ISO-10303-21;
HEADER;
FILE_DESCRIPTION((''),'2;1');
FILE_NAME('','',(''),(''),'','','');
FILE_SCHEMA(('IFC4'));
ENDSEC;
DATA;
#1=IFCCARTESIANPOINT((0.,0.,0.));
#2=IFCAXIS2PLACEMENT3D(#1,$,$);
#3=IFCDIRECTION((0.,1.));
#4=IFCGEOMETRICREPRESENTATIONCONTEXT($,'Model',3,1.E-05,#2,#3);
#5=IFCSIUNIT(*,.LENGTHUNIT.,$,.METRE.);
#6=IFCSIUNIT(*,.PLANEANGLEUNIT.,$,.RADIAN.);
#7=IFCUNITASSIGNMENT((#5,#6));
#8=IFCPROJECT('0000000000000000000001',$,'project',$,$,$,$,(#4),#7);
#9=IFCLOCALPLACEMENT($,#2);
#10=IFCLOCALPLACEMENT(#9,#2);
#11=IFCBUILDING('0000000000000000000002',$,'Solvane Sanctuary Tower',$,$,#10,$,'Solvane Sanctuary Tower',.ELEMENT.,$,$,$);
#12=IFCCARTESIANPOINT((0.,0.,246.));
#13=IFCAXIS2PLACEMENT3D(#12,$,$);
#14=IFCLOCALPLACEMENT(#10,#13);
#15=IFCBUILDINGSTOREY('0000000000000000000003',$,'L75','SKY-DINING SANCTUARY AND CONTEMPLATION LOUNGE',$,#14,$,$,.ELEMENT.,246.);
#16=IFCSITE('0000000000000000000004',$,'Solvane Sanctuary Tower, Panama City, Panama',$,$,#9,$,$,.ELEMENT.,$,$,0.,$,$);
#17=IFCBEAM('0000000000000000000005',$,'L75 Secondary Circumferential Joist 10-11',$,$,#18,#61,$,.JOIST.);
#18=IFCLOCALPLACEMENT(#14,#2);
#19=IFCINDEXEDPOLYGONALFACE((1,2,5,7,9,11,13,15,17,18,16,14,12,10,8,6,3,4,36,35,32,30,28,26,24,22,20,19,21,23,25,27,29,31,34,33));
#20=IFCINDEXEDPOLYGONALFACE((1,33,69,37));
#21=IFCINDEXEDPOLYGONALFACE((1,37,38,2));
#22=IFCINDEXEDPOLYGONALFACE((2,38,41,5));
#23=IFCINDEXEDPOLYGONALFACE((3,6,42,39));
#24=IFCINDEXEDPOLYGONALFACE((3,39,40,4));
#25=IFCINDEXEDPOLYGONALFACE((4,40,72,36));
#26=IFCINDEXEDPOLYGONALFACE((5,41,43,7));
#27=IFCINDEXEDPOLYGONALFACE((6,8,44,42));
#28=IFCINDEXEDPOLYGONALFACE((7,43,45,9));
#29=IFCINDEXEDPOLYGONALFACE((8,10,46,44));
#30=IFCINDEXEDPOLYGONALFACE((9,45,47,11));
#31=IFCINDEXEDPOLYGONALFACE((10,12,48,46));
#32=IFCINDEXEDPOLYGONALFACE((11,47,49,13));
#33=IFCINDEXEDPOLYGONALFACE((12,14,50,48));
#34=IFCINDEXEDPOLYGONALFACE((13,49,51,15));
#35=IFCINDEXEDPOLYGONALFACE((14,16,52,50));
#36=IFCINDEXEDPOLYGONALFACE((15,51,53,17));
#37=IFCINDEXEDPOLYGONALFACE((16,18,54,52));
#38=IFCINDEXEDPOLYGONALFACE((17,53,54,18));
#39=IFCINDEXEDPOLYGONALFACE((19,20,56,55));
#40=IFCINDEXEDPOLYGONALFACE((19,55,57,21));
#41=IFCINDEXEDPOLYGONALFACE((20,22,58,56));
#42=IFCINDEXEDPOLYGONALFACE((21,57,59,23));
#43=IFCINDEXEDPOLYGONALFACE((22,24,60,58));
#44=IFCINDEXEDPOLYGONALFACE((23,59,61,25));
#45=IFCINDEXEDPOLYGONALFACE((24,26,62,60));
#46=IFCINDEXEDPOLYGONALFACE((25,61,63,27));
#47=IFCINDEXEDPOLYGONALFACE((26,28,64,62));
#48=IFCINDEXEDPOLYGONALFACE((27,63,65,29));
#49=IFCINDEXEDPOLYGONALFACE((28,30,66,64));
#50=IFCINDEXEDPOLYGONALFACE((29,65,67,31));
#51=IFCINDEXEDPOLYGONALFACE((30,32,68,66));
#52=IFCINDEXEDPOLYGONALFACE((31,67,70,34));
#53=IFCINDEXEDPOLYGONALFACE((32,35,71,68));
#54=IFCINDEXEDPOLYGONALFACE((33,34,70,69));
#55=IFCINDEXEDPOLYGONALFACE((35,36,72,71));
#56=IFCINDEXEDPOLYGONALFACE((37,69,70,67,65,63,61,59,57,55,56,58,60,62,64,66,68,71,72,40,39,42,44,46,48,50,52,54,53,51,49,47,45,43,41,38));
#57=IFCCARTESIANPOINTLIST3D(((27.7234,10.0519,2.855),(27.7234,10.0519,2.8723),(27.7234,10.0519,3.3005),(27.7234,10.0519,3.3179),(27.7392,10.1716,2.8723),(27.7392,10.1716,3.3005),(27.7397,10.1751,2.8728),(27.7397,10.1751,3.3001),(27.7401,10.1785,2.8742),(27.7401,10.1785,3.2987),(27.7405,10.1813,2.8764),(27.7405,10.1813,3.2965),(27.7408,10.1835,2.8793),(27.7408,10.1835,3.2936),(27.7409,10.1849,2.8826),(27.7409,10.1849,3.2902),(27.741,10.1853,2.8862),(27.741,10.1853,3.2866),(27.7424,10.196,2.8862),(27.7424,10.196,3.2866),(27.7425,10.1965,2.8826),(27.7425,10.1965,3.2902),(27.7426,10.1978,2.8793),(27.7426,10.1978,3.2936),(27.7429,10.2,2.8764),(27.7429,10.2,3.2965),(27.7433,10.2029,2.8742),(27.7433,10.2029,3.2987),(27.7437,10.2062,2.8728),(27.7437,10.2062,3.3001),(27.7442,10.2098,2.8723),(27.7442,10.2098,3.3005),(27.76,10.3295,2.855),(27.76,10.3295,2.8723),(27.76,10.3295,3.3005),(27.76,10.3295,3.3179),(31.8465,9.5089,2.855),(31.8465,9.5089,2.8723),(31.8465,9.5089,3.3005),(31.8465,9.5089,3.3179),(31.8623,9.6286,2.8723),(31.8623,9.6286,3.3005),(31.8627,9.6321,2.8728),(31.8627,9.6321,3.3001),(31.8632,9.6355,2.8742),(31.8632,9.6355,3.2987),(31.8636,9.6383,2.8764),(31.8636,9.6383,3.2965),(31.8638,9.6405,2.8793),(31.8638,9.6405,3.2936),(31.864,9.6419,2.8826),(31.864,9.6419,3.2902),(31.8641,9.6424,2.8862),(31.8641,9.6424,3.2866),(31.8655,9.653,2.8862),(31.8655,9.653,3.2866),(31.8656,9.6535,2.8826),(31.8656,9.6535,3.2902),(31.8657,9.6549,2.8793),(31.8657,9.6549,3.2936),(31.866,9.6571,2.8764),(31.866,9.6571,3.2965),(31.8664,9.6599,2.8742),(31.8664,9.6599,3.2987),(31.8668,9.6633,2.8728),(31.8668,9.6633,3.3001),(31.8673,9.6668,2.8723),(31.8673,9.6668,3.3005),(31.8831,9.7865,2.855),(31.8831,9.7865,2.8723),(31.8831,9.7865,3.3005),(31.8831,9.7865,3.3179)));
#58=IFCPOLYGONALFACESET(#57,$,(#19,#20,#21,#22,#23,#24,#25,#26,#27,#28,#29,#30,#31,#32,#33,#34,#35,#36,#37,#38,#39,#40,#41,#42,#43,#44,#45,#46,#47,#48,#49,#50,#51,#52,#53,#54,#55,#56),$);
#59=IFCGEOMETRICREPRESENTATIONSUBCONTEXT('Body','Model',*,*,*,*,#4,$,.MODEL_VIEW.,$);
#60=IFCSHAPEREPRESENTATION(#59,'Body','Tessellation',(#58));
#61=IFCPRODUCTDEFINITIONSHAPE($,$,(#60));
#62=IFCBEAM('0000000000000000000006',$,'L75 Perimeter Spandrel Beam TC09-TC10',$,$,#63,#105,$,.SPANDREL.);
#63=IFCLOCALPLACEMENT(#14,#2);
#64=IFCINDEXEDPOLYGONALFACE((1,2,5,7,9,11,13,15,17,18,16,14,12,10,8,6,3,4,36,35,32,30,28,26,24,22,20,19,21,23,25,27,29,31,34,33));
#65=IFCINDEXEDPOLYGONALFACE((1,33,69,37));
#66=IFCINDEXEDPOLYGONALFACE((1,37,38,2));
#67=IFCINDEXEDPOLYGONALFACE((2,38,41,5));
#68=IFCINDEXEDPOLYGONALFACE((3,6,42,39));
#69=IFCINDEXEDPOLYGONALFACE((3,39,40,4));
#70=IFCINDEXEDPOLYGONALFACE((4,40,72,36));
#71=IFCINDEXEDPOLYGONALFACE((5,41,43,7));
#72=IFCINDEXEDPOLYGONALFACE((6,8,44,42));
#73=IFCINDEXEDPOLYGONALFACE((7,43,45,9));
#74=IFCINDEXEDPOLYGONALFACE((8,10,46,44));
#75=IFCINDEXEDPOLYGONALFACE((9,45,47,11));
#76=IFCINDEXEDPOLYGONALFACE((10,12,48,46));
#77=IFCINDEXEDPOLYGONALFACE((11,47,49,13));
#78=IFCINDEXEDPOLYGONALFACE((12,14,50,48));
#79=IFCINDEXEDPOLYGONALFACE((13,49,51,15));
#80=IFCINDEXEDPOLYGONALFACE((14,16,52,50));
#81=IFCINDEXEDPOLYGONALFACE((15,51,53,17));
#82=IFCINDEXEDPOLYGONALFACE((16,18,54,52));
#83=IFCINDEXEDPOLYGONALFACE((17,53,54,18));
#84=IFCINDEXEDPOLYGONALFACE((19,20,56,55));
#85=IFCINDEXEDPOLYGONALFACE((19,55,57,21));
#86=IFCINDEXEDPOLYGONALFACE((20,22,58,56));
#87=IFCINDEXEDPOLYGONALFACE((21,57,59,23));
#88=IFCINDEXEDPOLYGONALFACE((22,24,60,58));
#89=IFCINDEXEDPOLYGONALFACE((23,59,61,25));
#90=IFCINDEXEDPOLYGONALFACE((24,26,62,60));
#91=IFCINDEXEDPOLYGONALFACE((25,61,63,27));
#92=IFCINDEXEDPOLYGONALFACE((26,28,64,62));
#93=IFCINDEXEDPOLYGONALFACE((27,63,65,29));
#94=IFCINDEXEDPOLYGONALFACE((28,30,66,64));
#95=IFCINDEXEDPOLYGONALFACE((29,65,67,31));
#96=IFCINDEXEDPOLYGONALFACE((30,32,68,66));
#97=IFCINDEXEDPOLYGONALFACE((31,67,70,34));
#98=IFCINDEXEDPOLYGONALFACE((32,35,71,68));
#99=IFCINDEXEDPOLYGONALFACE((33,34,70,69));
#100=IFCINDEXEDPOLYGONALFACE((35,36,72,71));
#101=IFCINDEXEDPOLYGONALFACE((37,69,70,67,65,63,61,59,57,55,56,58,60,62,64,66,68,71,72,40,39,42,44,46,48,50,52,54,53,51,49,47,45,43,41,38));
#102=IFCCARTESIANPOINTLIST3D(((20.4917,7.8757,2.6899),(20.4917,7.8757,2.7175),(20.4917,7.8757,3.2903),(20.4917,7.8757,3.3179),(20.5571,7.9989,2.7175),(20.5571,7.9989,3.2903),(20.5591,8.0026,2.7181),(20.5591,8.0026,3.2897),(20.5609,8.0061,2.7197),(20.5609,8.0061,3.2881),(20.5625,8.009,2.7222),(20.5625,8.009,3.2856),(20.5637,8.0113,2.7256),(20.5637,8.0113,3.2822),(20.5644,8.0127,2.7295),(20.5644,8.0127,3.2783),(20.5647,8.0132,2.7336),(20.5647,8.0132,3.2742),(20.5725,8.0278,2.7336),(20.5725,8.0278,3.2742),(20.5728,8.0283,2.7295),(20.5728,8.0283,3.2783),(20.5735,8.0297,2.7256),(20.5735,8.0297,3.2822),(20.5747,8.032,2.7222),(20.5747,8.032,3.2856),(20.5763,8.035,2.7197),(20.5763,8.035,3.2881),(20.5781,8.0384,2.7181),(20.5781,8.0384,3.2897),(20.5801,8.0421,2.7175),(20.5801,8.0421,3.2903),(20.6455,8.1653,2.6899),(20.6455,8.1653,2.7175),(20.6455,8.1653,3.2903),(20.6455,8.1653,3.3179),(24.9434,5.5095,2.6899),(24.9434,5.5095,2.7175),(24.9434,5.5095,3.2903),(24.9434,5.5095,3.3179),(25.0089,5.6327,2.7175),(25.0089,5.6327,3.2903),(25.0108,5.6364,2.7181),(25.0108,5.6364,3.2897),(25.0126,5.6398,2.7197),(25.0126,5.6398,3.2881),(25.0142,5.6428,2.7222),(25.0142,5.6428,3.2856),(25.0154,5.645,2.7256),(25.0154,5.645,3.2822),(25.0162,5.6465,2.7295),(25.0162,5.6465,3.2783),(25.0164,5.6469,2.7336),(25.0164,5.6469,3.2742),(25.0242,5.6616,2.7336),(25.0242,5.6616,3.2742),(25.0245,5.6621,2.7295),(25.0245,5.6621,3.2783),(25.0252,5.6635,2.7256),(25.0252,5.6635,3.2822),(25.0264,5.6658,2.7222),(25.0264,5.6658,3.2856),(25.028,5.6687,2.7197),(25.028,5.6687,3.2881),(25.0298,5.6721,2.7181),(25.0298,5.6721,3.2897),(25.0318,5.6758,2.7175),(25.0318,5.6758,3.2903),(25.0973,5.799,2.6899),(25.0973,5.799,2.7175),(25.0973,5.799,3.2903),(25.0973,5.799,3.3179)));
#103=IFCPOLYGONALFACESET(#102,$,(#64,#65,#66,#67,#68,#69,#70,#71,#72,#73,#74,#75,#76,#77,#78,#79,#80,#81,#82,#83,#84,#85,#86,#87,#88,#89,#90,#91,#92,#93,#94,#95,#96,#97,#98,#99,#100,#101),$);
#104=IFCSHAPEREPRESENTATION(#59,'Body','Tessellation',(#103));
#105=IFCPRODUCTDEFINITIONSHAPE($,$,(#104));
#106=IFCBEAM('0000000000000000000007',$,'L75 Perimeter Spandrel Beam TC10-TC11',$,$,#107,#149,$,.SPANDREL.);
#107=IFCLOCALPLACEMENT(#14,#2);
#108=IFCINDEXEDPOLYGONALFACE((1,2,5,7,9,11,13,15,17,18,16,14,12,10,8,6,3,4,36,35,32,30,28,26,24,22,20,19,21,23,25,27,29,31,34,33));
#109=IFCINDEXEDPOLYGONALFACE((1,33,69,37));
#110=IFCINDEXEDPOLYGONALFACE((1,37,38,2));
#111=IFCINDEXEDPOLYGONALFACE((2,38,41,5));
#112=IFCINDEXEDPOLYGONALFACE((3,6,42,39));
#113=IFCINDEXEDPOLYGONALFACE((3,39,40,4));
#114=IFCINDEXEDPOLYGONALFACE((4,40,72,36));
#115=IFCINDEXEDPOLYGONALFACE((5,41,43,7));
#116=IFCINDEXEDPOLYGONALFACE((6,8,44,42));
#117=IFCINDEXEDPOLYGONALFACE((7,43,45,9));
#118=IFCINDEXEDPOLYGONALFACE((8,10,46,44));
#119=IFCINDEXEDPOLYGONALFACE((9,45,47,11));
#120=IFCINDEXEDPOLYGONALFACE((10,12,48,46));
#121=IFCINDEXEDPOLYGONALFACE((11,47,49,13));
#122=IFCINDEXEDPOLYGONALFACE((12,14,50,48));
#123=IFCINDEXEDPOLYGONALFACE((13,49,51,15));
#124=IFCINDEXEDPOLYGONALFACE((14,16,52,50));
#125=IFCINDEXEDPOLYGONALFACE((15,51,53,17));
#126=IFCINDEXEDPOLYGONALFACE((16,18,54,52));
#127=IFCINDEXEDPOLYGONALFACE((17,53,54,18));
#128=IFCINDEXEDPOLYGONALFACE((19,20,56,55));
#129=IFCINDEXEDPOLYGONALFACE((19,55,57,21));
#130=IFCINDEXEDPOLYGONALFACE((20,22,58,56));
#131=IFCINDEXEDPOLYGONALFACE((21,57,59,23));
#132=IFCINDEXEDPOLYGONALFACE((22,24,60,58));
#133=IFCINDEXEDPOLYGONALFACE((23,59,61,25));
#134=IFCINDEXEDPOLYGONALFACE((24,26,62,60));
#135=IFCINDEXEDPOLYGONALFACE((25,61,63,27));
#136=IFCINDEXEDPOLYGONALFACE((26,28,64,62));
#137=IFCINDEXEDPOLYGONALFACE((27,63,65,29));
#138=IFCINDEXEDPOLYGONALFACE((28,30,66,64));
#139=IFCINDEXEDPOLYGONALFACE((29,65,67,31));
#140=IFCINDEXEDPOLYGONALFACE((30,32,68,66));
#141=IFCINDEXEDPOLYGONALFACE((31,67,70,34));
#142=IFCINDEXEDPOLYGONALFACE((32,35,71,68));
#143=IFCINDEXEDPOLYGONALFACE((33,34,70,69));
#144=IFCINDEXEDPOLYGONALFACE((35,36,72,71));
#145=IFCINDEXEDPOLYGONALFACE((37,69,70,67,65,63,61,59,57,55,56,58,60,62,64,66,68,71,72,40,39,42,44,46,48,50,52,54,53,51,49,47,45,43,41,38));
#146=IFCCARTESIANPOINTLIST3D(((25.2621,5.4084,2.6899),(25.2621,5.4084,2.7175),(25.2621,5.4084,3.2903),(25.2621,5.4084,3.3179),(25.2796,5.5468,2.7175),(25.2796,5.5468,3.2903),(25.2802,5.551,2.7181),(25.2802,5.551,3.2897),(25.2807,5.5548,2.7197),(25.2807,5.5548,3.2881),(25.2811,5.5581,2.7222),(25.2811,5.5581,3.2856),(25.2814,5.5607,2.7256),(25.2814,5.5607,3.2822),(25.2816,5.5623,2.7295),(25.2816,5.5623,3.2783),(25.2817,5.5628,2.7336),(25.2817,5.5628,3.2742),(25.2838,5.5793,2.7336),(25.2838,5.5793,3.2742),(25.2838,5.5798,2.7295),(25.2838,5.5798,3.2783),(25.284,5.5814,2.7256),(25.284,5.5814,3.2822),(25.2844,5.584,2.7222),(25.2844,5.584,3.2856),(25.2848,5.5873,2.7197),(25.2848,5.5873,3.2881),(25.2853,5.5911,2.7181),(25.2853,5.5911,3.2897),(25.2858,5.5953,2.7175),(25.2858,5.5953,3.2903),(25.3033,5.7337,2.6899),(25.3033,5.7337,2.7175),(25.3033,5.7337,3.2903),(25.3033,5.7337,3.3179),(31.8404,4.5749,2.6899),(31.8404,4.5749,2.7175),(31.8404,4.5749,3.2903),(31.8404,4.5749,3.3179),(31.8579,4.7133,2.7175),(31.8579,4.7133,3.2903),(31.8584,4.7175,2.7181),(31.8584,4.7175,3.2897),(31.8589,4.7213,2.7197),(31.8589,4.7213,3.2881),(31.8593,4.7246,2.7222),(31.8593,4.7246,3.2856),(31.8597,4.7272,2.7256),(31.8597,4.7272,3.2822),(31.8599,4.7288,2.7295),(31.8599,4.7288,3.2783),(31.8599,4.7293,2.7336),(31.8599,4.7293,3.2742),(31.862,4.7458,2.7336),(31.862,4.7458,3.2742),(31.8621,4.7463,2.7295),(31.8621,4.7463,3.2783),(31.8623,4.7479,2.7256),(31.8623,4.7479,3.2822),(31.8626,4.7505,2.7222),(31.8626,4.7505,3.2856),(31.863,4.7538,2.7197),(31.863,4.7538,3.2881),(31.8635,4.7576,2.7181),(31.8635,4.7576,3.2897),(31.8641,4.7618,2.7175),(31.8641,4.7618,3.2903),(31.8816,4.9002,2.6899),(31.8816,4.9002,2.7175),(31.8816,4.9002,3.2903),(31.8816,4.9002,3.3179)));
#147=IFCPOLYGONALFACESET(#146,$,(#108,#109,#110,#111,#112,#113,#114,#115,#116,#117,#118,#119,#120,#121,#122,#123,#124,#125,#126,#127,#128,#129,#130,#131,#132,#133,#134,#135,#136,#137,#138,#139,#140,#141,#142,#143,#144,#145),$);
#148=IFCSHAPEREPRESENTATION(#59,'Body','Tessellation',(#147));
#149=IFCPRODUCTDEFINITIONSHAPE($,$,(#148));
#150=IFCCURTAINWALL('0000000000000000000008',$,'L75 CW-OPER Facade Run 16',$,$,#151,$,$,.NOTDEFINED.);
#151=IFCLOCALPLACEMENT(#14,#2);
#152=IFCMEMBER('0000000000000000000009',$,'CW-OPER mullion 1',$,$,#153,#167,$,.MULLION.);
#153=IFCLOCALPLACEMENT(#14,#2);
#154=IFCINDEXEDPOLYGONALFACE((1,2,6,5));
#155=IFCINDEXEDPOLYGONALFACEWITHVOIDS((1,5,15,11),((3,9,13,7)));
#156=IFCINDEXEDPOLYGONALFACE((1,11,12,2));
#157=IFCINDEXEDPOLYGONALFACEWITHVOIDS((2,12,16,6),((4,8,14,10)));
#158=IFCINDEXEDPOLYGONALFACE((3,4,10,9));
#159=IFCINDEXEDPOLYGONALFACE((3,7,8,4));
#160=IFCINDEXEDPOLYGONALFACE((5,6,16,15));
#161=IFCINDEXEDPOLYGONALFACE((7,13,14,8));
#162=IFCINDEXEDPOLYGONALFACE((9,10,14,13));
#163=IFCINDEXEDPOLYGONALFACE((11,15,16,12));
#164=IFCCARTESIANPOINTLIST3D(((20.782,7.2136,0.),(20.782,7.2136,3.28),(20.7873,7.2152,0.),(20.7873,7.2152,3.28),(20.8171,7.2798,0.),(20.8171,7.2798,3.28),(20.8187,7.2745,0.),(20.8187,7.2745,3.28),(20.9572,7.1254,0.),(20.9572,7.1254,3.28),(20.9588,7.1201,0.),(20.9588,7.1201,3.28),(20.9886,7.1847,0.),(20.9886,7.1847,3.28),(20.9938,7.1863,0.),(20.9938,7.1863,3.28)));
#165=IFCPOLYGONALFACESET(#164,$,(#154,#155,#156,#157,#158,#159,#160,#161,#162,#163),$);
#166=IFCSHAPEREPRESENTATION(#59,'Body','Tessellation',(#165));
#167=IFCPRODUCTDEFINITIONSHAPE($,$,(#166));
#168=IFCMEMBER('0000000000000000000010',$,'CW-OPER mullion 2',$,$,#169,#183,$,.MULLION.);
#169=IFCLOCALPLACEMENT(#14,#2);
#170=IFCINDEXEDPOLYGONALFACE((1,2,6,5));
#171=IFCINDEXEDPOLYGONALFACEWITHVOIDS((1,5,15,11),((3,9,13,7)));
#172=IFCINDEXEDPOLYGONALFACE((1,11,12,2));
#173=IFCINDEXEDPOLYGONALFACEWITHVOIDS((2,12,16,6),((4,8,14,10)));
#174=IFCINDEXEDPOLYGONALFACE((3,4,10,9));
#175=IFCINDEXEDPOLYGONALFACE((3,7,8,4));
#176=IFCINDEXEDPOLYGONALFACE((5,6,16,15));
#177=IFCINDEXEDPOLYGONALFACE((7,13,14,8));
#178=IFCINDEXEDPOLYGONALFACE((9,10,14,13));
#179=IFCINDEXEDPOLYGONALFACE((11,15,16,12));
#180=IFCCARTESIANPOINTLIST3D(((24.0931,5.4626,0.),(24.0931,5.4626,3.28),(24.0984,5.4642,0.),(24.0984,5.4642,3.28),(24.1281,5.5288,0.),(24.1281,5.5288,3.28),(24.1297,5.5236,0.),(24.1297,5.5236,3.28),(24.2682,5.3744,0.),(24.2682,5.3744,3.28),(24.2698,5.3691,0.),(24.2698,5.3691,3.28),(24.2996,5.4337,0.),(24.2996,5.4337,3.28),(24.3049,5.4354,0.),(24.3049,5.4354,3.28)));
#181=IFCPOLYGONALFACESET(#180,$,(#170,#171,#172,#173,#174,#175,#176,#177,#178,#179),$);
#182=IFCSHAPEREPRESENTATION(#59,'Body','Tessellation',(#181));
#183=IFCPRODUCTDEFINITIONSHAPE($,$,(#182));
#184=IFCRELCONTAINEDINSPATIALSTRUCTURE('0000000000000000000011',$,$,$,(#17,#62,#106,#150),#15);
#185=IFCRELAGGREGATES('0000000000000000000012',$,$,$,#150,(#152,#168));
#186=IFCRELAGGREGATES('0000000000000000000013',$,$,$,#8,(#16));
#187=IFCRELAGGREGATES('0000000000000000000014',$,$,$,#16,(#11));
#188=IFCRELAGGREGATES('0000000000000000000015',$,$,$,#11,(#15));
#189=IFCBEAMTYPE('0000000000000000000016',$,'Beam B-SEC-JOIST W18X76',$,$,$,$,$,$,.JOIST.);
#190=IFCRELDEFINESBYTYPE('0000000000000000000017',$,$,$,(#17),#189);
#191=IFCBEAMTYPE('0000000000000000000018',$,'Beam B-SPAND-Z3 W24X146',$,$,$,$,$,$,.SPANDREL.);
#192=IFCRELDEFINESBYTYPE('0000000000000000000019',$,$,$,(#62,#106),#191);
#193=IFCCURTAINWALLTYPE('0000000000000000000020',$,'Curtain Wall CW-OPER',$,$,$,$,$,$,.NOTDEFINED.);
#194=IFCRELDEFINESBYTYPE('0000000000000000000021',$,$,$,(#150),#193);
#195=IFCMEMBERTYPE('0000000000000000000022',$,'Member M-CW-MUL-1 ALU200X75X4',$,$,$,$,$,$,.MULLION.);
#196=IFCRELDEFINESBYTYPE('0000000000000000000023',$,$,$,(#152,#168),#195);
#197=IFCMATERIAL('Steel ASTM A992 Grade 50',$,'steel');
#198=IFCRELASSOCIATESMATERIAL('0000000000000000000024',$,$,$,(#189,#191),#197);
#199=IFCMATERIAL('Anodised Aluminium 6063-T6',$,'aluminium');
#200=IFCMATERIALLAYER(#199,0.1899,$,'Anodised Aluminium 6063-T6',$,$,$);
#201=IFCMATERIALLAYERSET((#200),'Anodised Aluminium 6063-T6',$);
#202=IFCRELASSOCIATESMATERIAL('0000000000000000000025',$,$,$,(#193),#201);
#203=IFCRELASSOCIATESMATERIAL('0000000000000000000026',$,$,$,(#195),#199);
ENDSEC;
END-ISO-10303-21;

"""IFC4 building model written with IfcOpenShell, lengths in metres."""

from ifc_helpers import new_model, si_unit, direction, frame, origin, origin_2d, place, context, subcontext, project, spatial, hollow_rectangle, i_section, extrude, material, layer, layer_set, material_profile, profile_set, type_object, element, aggregate, save


model = new_model("IFC4")

# Units and contexts
model_context = context("Model", 3, precision=1e-05, world=origin(), true_north=direction((0.0, 1.0)))
body_context = subcontext(model_context, "Body", "Model", "MODEL_VIEW")
ifc_project = project(units=[si_unit("LENGTHUNIT", "METRE"), si_unit("PLANEANGLEUNIT", "RADIAN")], contexts=[model_context])

# Site, building, storey
site_placement = place(None, origin())
site = spatial("IfcSite", under=ifc_project, at=site_placement, Name="Solvane Sanctuary Tower, Panama City, Panama", CompositionType="ELEMENT", RefElevation=0.0)
building_placement = place(site_placement, origin())
building = spatial("IfcBuilding", under=site, at=building_placement, Name="Solvane Sanctuary Tower", LongName="Solvane Sanctuary Tower", CompositionType="ELEMENT")
storey_placement = place(building_placement, frame((0.0, 0.0, 246.0)))
storey = spatial("IfcBuildingStorey", under=building, at=storey_placement, Name="L75", Description="SKY-DINING SANCTUARY AND CONTEMPLATION LOUNGE", CompositionType="ELEMENT", Elevation=246.0)

# Beams
ifc_material_1 = material(Name="Steel ASTM A992 Grade 50", Category="steel")
ifc_material_profile_1 = material_profile(ifc_material_1, i_section(OverallWidth=0.28, OverallDepth=0.4629, WebThickness=0.0107, FlangeThickness=0.0173, FilletRadius=0.0139, at=origin_2d()), Name="W18X76")
ifc_profile_set_1 = profile_set([ifc_material_profile_1], Name="Steel ASTM A992 Grade 50")
beam_type_1 = type_object("IfcBeamType", Name="Beam B-SEC-JOIST W18X76", PredefinedType="JOIST", material=ifc_profile_set_1)
beam_1_placement = place(storey_placement, frame((27.7417, 10.1907, 3.0864), z_axis=(0.99144, -0.130564, 0.0), x_axis=(0.130564, 0.99144, 0.0)))
element("IfcBeam", 1, at=beam_1_placement, inside=storey, type_object=beam_type_1, Name="L75 Secondary Circumferential Joist 10-11", PredefinedType="JOIST", context=body_context, shape_type="SweptSolid", body=[
    extrude(i_section(OverallWidth=0.28, OverallDepth=0.4629, WebThickness=0.0107, FlangeThickness=0.0173, FilletRadius=0.0139, at=origin_2d()), origin(), (0.0, 0.0, 1.0), 4.1587),
])
ifc_material_profile_2 = material_profile(ifc_material_1, i_section(OverallWidth=0.3279, OverallDepth=0.6279, WebThickness=0.0166, FlangeThickness=0.0276, FilletRadius=0.0161, at=origin_2d()), Name="W24X146")
ifc_profile_set_2 = profile_set([ifc_material_profile_2], Name="Steel ASTM A992 Grade 50")
beam_type_2 = type_object("IfcBeamType", Name="Beam B-SPAND-Z3 W24X146", PredefinedType="SPANDREL", material=ifc_profile_set_2)
beam_2_placement = place(storey_placement, frame((20.5686, 8.0205, 3.0039), z_axis=(0.883012, -0.469351, 0.0), x_axis=(0.469351, 0.883012, 0.0)))
element("IfcBeam", 2, at=beam_2_placement, inside=storey, type_object=beam_type_2, Name="L75 Perimeter Spandrel Beam TC09-TC10", PredefinedType="SPANDREL", context=body_context, shape_type="SweptSolid", body=[
    extrude(i_section(OverallWidth=0.3279, OverallDepth=0.6279, WebThickness=0.0166, FlangeThickness=0.0276, FilletRadius=0.0161, at=origin_2d()), origin(), (0.0, 0.0, 1.0), 5.0415),
])
beam_3_placement = place(storey_placement, frame((25.2827, 5.571, 3.0039), z_axis=(0.992069, -0.125698, 0.0), x_axis=(0.125698, 0.992069, 0.0)))
element("IfcBeam", 3, at=beam_3_placement, inside=storey, type_object=beam_type_2, Name="L75 Perimeter Spandrel Beam TC10-TC11", PredefinedType="SPANDREL", context=body_context, shape_type="SweptSolid", body=[
    extrude(i_section(OverallWidth=0.3279, OverallDepth=0.6279, WebThickness=0.0166, FlangeThickness=0.0276, FilletRadius=0.0161, at=origin_2d()), origin(), (0.0, 0.0, 1.0), 6.6309),
])

# Curtain wall, members
ifc_material_2 = material(Name="Anodised Aluminium 6063-T6", Category="aluminium")
ifc_layer_1 = layer(ifc_material_2, 0.1899, Name="Anodised Aluminium 6063-T6")
ifc_layer_set_1 = layer_set([ifc_layer_1], Name="Anodised Aluminium 6063-T6")
curtain_wall_type = type_object("IfcCurtainWallType", Name="Curtain Wall CW-OPER", PredefinedType="NOTDEFINED", material=ifc_layer_set_1)
curtain_wall_1_placement = place(storey_placement, origin())
curtain_wall_1 = element("IfcCurtainWall", 4, at=curtain_wall_1_placement, inside=storey, type_object=curtain_wall_type, Name="L75 CW-OPER Facade Run 16", PredefinedType="NOTDEFINED")
ifc_material_profile_3 = material_profile(ifc_material_2, hollow_rectangle(XDim=0.075, YDim=0.2, WallThickness=0.0039, at=origin_2d()), Name="ALU200X75X4")
ifc_profile_set_3 = profile_set([ifc_material_profile_3], Name="Anodised Aluminium 6063-T6")
member_type_1 = type_object("IfcMemberType", Name="Member M-CW-MUL-1 ALU200X75X4", PredefinedType="MULLION", material=ifc_profile_set_3)
member_1_placement = place(storey_placement, frame((20.8879, 7.2, 0.0), z_axis=(0.0, 0.0, 1.0), x_axis=(0.467523, 0.883981, 0.0)))
member_1 = element("IfcMember", 5, at=member_1_placement, type_object=member_type_1, Name="CW-OPER mullion 1", PredefinedType="MULLION", context=body_context, shape_type="SweptSolid", body=[
    extrude(hollow_rectangle(XDim=0.075, YDim=0.2, WallThickness=0.0039, at=origin_2d()), origin(), (0.0, 0.0, 1.0), 3.28),
])
member_2_placement = place(storey_placement, frame((24.199, 5.449, 0.0), z_axis=(0.0, 0.0, 1.0), x_axis=(0.467523, 0.883981, 0.0)))
member_2 = element("IfcMember", 6, at=member_2_placement, type_object=member_type_1, Name="CW-OPER mullion 2", PredefinedType="MULLION", context=body_context, shape_type="SweptSolid", body=[
    extrude(hollow_rectangle(XDim=0.075, YDim=0.2, WallThickness=0.0039, at=origin_2d()), origin(), (0.0, 0.0, 1.0), 3.28),
])

aggregate(curtain_wall_1, [member_1, member_2])

save(model, "model.ifc")
